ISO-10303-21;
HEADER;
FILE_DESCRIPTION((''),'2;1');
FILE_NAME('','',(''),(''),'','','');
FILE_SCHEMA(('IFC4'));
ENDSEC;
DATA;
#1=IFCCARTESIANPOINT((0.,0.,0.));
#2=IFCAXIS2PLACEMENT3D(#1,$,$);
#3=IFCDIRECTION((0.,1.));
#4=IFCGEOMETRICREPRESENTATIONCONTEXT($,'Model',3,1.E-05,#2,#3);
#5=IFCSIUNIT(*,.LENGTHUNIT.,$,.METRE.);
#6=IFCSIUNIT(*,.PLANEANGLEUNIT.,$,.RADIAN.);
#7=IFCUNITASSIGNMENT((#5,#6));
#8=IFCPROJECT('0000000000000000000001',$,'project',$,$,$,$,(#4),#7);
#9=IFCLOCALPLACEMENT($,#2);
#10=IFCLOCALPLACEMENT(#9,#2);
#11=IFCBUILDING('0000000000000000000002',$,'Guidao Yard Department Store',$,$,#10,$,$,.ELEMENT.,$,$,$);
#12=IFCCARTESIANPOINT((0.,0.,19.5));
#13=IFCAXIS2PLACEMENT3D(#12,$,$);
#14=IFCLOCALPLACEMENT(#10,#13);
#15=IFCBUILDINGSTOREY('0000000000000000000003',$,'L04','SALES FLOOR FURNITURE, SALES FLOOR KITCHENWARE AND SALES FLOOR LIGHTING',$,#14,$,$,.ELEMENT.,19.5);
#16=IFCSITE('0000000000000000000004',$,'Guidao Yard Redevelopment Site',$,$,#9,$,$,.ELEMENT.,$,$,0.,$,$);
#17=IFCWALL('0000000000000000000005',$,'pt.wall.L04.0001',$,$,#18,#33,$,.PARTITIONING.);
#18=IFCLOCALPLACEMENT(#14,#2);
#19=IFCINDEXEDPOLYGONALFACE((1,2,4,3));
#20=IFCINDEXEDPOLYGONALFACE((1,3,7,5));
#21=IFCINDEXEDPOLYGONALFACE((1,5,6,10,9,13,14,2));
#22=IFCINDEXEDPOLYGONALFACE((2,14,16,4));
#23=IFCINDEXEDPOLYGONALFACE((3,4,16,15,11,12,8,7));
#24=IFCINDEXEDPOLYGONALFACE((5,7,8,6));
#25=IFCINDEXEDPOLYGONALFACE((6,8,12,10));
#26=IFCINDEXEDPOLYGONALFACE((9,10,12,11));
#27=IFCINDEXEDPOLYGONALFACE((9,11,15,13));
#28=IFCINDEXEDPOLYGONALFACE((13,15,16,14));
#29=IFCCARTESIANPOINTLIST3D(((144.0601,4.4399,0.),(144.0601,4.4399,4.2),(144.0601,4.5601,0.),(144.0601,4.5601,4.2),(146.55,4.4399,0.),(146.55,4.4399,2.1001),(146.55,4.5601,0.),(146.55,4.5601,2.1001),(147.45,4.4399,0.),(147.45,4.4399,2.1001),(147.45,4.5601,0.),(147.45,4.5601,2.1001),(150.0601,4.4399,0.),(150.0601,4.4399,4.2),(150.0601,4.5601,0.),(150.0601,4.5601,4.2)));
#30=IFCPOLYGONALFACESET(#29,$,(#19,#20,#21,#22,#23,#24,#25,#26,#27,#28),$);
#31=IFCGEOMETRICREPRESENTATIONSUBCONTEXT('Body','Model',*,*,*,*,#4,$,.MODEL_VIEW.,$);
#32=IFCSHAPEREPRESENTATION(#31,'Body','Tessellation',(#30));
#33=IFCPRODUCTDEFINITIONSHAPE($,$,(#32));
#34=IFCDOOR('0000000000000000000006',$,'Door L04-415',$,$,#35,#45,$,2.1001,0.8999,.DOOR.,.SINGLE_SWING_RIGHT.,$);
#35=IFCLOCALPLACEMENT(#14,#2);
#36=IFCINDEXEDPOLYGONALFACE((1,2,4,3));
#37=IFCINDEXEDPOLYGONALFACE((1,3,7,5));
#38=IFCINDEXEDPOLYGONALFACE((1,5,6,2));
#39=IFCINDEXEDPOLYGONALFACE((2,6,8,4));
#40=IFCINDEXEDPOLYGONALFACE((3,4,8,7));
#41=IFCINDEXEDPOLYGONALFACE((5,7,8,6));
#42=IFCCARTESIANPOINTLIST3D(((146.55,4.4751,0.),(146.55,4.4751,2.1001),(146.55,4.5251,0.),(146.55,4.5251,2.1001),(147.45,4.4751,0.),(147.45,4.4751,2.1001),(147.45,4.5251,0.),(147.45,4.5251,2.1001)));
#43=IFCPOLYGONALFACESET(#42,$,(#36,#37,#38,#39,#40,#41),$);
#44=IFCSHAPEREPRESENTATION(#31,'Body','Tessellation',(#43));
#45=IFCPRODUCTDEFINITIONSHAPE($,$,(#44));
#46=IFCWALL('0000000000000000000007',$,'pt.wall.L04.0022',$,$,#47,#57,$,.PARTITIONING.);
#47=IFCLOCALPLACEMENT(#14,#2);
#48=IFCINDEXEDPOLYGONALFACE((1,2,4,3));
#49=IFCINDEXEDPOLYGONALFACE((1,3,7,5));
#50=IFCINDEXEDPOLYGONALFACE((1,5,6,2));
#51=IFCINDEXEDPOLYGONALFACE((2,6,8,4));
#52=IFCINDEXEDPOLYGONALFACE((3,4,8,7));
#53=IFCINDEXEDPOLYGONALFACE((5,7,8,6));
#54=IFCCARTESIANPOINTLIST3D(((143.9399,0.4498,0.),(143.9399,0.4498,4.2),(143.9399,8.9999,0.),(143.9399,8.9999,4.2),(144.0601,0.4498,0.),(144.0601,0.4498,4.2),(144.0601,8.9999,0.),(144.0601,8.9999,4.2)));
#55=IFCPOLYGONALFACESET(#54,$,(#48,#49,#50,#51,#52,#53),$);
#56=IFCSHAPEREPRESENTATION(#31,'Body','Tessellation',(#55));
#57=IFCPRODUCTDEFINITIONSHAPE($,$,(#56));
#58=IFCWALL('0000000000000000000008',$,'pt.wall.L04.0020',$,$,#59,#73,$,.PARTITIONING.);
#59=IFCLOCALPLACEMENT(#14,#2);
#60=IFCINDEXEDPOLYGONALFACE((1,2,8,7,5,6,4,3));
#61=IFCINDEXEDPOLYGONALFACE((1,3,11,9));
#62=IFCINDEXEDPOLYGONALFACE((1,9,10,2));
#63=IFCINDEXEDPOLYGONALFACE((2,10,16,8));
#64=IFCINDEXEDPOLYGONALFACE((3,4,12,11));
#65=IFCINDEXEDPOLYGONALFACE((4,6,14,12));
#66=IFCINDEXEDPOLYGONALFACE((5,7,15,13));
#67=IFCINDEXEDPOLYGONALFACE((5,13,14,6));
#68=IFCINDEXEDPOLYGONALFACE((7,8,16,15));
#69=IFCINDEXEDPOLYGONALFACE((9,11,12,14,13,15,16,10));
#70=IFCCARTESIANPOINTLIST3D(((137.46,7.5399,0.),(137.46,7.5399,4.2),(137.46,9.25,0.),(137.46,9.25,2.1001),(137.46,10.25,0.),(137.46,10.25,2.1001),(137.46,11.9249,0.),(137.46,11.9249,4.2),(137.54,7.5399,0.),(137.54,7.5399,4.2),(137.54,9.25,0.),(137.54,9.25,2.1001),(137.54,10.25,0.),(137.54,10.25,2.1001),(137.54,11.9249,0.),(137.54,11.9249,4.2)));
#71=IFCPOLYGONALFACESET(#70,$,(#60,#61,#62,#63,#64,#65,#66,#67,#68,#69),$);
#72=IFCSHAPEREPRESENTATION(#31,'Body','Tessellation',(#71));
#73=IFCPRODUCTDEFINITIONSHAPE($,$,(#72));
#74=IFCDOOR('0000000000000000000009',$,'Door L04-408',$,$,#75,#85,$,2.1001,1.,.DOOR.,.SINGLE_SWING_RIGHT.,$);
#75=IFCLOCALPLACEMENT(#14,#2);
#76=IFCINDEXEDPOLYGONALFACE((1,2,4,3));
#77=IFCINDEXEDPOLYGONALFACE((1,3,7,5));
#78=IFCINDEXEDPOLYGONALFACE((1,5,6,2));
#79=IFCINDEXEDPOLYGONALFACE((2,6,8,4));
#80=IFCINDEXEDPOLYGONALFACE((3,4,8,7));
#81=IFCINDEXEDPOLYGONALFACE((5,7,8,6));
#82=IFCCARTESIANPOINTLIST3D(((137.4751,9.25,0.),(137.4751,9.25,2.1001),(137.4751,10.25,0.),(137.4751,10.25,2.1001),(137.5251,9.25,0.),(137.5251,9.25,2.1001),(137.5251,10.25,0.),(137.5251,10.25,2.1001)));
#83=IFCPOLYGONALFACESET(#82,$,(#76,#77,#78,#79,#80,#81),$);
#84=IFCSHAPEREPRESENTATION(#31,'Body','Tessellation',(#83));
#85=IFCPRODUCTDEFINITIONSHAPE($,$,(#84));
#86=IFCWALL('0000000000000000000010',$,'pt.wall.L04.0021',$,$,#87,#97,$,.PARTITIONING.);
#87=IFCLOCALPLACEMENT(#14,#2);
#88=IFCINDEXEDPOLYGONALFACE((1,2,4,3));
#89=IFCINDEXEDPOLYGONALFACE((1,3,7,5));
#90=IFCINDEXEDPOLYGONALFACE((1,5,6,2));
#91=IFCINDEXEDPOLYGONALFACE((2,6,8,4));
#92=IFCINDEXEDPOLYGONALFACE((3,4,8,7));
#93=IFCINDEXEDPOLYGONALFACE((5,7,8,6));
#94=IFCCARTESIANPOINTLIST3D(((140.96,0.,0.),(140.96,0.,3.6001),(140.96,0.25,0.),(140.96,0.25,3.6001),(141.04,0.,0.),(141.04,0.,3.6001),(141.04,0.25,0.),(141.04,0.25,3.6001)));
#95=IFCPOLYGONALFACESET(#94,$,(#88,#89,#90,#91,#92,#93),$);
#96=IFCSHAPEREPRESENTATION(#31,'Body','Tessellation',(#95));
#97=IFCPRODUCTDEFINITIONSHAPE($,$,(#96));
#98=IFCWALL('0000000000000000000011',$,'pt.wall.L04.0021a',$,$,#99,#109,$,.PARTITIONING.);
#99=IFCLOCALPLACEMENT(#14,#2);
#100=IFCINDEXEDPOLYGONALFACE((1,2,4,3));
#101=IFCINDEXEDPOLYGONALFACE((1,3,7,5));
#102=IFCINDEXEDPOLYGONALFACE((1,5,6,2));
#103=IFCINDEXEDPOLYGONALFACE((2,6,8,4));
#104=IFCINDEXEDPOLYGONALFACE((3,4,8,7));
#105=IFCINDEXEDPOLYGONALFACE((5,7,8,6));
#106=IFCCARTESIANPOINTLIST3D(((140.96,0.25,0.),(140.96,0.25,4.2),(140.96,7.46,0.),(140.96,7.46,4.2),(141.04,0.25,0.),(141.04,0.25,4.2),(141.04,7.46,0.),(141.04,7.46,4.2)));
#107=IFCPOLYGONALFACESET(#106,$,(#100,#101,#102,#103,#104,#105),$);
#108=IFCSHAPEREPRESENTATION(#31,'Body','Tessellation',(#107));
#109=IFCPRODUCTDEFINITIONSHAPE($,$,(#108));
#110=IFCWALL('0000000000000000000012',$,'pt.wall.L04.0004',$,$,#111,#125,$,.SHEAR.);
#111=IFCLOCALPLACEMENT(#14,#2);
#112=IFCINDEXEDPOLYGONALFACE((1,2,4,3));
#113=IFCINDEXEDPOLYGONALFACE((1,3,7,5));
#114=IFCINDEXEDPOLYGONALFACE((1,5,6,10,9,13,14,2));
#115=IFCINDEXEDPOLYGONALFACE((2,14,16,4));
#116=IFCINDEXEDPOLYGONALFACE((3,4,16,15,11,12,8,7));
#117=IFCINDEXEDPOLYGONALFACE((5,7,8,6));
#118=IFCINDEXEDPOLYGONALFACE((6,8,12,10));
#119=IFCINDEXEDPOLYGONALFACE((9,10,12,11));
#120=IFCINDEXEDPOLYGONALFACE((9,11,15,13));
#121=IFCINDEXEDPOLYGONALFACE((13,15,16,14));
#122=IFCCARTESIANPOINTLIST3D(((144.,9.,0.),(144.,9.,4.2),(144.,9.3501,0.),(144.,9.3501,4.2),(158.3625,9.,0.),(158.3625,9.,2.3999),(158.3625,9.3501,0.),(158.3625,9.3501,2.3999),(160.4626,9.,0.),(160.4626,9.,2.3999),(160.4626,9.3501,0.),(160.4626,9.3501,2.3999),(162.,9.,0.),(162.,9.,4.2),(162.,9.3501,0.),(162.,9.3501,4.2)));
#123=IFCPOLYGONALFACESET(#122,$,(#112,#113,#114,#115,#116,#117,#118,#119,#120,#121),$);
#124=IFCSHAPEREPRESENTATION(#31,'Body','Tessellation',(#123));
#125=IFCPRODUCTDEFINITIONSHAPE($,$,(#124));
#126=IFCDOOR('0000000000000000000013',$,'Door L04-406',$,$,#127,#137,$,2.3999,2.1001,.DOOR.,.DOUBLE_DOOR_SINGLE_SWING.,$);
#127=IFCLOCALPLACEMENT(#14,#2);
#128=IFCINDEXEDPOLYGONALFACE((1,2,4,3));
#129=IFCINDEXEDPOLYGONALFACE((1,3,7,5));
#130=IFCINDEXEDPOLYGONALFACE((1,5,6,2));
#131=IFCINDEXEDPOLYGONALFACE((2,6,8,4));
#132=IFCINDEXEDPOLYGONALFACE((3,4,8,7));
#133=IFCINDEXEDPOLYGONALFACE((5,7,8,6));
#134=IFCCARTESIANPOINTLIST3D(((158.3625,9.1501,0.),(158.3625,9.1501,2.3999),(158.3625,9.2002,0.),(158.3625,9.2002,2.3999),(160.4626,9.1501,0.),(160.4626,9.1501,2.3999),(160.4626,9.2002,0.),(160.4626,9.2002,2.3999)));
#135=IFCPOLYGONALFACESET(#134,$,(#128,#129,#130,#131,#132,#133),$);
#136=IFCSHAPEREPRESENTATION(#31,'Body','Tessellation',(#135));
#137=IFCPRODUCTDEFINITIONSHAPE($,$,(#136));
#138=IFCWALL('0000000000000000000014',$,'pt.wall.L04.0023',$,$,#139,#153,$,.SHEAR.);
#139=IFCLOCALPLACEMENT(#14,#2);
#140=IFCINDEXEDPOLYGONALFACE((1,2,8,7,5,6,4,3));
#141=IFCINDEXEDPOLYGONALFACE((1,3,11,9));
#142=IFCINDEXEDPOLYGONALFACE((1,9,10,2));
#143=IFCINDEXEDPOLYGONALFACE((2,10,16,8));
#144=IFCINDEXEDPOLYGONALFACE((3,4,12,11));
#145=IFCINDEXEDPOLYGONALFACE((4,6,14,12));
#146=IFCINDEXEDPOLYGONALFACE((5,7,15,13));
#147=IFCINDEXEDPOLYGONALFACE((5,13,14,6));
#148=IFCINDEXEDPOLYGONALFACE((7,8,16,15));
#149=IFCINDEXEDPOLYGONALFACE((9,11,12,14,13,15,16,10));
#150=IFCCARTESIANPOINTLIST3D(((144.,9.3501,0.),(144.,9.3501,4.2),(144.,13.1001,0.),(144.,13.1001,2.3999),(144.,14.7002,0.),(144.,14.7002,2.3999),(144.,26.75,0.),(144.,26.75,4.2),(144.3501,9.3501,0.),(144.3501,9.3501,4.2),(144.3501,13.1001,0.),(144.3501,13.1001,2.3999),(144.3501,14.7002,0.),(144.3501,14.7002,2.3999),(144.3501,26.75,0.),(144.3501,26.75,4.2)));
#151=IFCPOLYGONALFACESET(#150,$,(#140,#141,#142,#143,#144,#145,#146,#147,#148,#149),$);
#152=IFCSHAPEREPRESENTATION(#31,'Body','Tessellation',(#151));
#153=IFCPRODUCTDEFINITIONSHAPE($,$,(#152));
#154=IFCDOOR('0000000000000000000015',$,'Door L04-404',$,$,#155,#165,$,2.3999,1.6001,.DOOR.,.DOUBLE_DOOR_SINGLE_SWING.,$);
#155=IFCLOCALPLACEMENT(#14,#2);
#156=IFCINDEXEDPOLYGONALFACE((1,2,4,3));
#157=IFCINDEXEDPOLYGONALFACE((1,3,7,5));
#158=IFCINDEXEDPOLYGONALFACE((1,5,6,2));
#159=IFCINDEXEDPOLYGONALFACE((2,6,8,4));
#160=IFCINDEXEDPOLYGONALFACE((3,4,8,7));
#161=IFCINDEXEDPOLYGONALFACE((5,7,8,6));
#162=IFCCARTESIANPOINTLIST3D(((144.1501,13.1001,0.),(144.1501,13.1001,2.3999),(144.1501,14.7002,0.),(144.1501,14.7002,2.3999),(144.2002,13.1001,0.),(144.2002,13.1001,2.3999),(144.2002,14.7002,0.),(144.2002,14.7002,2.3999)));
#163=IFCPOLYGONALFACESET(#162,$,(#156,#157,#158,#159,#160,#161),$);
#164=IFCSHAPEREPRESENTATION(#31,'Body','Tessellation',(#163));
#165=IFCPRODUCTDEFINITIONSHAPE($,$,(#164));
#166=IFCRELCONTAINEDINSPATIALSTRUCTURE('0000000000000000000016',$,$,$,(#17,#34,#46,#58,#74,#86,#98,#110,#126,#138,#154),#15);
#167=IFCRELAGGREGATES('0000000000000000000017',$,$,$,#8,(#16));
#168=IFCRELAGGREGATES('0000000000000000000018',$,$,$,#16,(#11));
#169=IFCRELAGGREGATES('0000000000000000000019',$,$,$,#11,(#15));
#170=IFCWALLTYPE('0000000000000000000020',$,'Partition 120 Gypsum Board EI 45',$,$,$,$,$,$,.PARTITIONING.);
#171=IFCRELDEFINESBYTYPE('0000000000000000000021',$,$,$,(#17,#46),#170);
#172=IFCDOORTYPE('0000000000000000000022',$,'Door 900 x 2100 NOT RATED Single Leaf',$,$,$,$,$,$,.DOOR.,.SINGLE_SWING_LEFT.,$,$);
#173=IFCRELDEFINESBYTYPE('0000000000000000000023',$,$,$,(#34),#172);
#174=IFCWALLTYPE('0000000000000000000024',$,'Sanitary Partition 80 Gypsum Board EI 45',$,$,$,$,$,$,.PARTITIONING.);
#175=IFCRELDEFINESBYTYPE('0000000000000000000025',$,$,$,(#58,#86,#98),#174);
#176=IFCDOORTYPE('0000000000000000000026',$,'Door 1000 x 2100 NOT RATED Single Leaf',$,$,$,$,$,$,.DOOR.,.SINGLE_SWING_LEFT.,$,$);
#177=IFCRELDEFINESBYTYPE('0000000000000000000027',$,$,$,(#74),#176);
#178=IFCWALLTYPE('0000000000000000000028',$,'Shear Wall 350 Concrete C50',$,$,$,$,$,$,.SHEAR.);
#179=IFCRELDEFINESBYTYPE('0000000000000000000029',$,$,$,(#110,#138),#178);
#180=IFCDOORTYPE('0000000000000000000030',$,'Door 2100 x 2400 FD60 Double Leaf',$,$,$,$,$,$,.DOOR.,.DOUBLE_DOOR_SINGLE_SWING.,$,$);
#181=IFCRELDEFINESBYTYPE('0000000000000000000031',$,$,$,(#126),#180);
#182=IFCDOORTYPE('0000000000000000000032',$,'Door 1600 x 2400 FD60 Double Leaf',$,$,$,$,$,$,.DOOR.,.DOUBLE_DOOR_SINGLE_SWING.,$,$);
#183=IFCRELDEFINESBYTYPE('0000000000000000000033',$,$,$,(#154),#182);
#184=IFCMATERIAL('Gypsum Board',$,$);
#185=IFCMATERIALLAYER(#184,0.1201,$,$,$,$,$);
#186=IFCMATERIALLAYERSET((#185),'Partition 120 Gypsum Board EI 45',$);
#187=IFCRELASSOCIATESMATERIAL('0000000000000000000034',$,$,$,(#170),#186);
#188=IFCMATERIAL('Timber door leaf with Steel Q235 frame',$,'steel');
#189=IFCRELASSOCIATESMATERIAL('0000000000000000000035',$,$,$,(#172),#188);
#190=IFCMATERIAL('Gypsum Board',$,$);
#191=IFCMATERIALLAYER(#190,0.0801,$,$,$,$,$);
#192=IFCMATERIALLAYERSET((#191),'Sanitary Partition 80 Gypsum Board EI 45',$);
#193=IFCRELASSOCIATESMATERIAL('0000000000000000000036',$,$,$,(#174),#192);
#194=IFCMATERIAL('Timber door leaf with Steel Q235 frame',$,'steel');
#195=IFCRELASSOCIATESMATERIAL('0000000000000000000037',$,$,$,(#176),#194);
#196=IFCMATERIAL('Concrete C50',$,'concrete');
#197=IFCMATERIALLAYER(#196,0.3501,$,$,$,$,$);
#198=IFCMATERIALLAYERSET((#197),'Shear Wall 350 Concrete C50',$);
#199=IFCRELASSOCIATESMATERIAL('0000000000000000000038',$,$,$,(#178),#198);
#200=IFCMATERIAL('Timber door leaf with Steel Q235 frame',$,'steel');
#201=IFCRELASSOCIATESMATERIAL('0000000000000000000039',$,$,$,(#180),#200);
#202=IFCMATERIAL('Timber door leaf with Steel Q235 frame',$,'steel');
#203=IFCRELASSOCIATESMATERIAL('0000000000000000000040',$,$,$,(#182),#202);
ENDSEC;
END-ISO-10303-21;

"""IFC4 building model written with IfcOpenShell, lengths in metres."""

from ifc_helpers import new_model, si_unit, direction, frame, frame_2d, origin, place, context, subcontext, project, spatial, rectangle, extrude, material, layer, layer_set, type_object, element, fill, save


model = new_model("IFC4")

# Units and contexts
model_context = context("Model", 3, precision=1e-05, world=origin(), true_north=direction((0.0, 1.0)))
body_context = subcontext(model_context, "Body", "Model", "MODEL_VIEW")
ifc_project = project(units=[si_unit("LENGTHUNIT", "METRE"), si_unit("PLANEANGLEUNIT", "RADIAN")], contexts=[model_context])

# Site, building, storey
site_placement = place(None, origin())
site = spatial("IfcSite", under=ifc_project, at=site_placement, Name="Guidao Yard Redevelopment Site", CompositionType="ELEMENT", RefElevation=0.0)
building_placement = place(site_placement, origin())
building = spatial("IfcBuilding", under=site, at=building_placement, Name="Guidao Yard Department Store", CompositionType="ELEMENT")
storey_placement = place(building_placement, frame((0.0, 0.0, 19.5)))
storey = spatial("IfcBuildingStorey", under=building, at=storey_placement, Name="L04", Description="SALES FLOOR FURNITURE, SALES FLOOR KITCHENWARE AND SALES FLOOR LIGHTING", CompositionType="ELEMENT", Elevation=19.5)

# Wall, opening, door
ifc_material_1 = material(Name="Gypsum Board")
ifc_layer_1 = layer(ifc_material_1, 0.1201)
ifc_layer_set_1 = layer_set([ifc_layer_1], Name="Partition 120 Gypsum Board EI 45")
wall_type_1 = type_object("IfcWallType", Name="Partition 120 Gypsum Board EI 45", PredefinedType="PARTITIONING", material=ifc_layer_set_1)
wall_1_placement = place(storey_placement, frame((144.0601, 4.5, 0.0), z_axis=(0.0, 0.0, 1.0), x_axis=(1.0, 0.0, 0.0)))
wall_1 = element("IfcWall", 1, at=wall_1_placement, inside=storey, type_object=wall_type_1, Name="pt.wall.L04.0001", PredefinedType="PARTITIONING", context=body_context, shape_type="SweptSolid", body=[
    extrude(rectangle(XDim=6.0, YDim=0.1201, at=frame_2d((3.0, 0.0))), origin(), (0.0, 0.0, 1.0), 4.2),
])
opening_1_placement = place(wall_1_placement, frame((3.3899, 0.0, 0.0), z_axis=(0.0, 0.0, 1.0), x_axis=(-1.0, 0.0, 0.0)))
opening_1 = element("IfcOpeningElement", 2, at=opening_1_placement, cuts=wall_1, PredefinedType="OPENING", context=body_context, shape_type="SweptSolid", body=[
    extrude(rectangle(XDim=0.8999, YDim=2.1001, at=frame_2d((0.45, 1.05))), frame((0.0, 0.0701, 0.0), z_axis=(0.0, -1.0, 0.0), x_axis=(1.0, 0.0, 0.0)), (0.0, 0.0, 1.0), 0.1401),
])
ifc_material_2 = material(Name="Timber door leaf with Steel Q235 frame", Category="steel")
door_type_1 = type_object("IfcDoorType", Name="Door 900 x 2100 NOT RATED Single Leaf", OperationType="SINGLE_SWING_LEFT", PredefinedType="DOOR", material=ifc_material_2)
door_1_placement = place(opening_1_placement, origin())
door_1 = element("IfcDoor", 3, at=door_1_placement, inside=storey, type_object=door_type_1, Name="Door L04-415", OperationType="SINGLE_SWING_RIGHT", OverallHeight=2.1001, OverallWidth=0.8999, PredefinedType="DOOR", context=body_context, shape_type="SweptSolid", body=[
    extrude(rectangle(XDim=0.8999, YDim=2.1001, at=frame_2d((0.45, 1.05))), frame((0.0, 0.0249, 0.0), z_axis=(0.0, -1.0, 0.0), x_axis=(1.0, 0.0, 0.0)), (0.0, 0.0, 1.0), 0.05),
])
fill(opening_1, door_1)

# Wall
wall_2_placement = place(storey_placement, frame((144.0, 0.45, 0.0), z_axis=(0.0, 0.0, 1.0), x_axis=(0.0, 1.0, 0.0)))
element("IfcWall", 4, at=wall_2_placement, inside=storey, type_object=wall_type_1, Name="pt.wall.L04.0022", PredefinedType="PARTITIONING", context=body_context, shape_type="SweptSolid", body=[
    extrude(rectangle(XDim=8.55, YDim=0.1201, at=frame_2d((4.2749, 0.0))), origin(), (0.0, 0.0, 1.0), 4.2),
])

# Wall, opening, door
ifc_material_3 = material(Name="Gypsum Board")
ifc_layer_2 = layer(ifc_material_3, 0.0801)
ifc_layer_set_2 = layer_set([ifc_layer_2], Name="Sanitary Partition 80 Gypsum Board EI 45")
wall_type_2 = type_object("IfcWallType", Name="Sanitary Partition 80 Gypsum Board EI 45", PredefinedType="PARTITIONING", material=ifc_layer_set_2)
wall_3_placement = place(storey_placement, frame((137.5, 7.54, 0.0), z_axis=(0.0, 0.0, 1.0), x_axis=(0.0, 1.0, 0.0)))
wall_3 = element("IfcWall", 5, at=wall_3_placement, inside=storey, type_object=wall_type_2, Name="pt.wall.L04.0020", PredefinedType="PARTITIONING", context=body_context, shape_type="SweptSolid", body=[
    extrude(rectangle(XDim=4.385, YDim=0.0801, at=frame_2d((2.1924, 0.0))), origin(), (0.0, 0.0, 1.0), 4.2),
])
opening_2_placement = place(wall_3_placement, frame((1.71, 0.0, 0.0)))
opening_2 = element("IfcOpeningElement", 6, at=opening_2_placement, cuts=wall_3, PredefinedType="OPENING", context=body_context, shape_type="SweptSolid", body=[
    extrude(rectangle(XDim=1.0, YDim=2.1001, at=frame_2d((0.5, 1.05))), frame((0.0, 0.05, 0.0), z_axis=(0.0, -1.0, 0.0), x_axis=(1.0, 0.0, 0.0)), (0.0, 0.0, 1.0), 0.1001),
])
ifc_material_4 = material(Name="Timber door leaf with Steel Q235 frame", Category="steel")
door_type_2 = type_object("IfcDoorType", Name="Door 1000 x 2100 NOT RATED Single Leaf", OperationType="SINGLE_SWING_LEFT", PredefinedType="DOOR", material=ifc_material_4)
door_2_placement = place(opening_2_placement, origin())
door_2 = element("IfcDoor", 7, at=door_2_placement, inside=storey, type_object=door_type_2, Name="Door L04-408", OperationType="SINGLE_SWING_RIGHT", OverallHeight=2.1001, OverallWidth=1.0, PredefinedType="DOOR", context=body_context, shape_type="SweptSolid", body=[
    extrude(rectangle(XDim=1.0, YDim=2.1001, at=frame_2d((0.5, 1.05))), frame((0.0, 0.0249, 0.0), z_axis=(0.0, -1.0, 0.0), x_axis=(1.0, 0.0, 0.0)), (0.0, 0.0, 1.0), 0.05),
])
fill(opening_2, door_2)

# Walls
wall_4_placement = place(storey_placement, frame((141.0, 0.0, 0.0), z_axis=(0.0, 0.0, 1.0), x_axis=(0.0, 1.0, 0.0)))
element("IfcWall", 8, at=wall_4_placement, inside=storey, type_object=wall_type_2, Name="pt.wall.L04.0021", PredefinedType="PARTITIONING", context=body_context, shape_type="SweptSolid", body=[
    extrude(rectangle(XDim=0.25, YDim=0.0801, at=frame_2d((0.125, 0.0))), origin(), (0.0, 0.0, 1.0), 3.6001),
])
wall_5_placement = place(storey_placement, frame((141.0, 0.25, 0.0), z_axis=(0.0, 0.0, 1.0), x_axis=(0.0, 1.0, 0.0)))
element("IfcWall", 9, at=wall_5_placement, inside=storey, type_object=wall_type_2, Name="pt.wall.L04.0021a", PredefinedType="PARTITIONING", context=body_context, shape_type="SweptSolid", body=[
    extrude(rectangle(XDim=7.21, YDim=0.0801, at=frame_2d((3.605, 0.0))), origin(), (0.0, 0.0, 1.0), 4.2),
])

# Walls, openings, doors
ifc_material_5 = material(Name="Concrete C50", Category="concrete")
ifc_layer_3 = layer(ifc_material_5, 0.3501)
ifc_layer_set_3 = layer_set([ifc_layer_3], Name="Shear Wall 350 Concrete C50")
wall_type_3 = type_object("IfcWallType", Name="Shear Wall 350 Concrete C50", PredefinedType="SHEAR", material=ifc_layer_set_3)
wall_6_placement = place(storey_placement, frame((144.0, 9.175, 0.0), z_axis=(0.0, 0.0, 1.0), x_axis=(1.0, 0.0, 0.0)))
wall_6 = element("IfcWall", 10, at=wall_6_placement, inside=storey, type_object=wall_type_3, Name="pt.wall.L04.0004", PredefinedType="SHEAR", context=body_context, shape_type="SweptSolid", body=[
    extrude(rectangle(XDim=18.0, YDim=0.3501, at=frame_2d((9.0, 0.0))), origin(), (0.0, 0.0, 1.0), 4.2),
])
opening_3_placement = place(wall_6_placement, frame((16.4626, 0.0, 0.0), z_axis=(0.0, 0.0, 1.0), x_axis=(-1.0, 0.0, 0.0)))
opening_3 = element("IfcOpeningElement", 11, at=opening_3_placement, cuts=wall_6, PredefinedType="OPENING", context=body_context, shape_type="SweptSolid", body=[
    extrude(rectangle(XDim=2.1001, YDim=2.3999, at=frame_2d((1.05, 1.2))), frame((0.0, 0.1851, 0.0), z_axis=(0.0, -1.0, 0.0), x_axis=(1.0, 0.0, 0.0)), (0.0, 0.0, 1.0), 0.3701),
])
ifc_material_6 = material(Name="Timber door leaf with Steel Q235 frame", Category="steel")
door_type_3 = type_object("IfcDoorType", Name="Door 2100 x 2400 FD60 Double Leaf", OperationType="DOUBLE_DOOR_SINGLE_SWING", PredefinedType="DOOR", material=ifc_material_6)
door_3_placement = place(opening_3_placement, origin())
door_3 = element("IfcDoor", 12, at=door_3_placement, inside=storey, type_object=door_type_3, Name="Door L04-406", OperationType="DOUBLE_DOOR_SINGLE_SWING", OverallHeight=2.3999, OverallWidth=2.1001, PredefinedType="DOOR", context=body_context, shape_type="SweptSolid", body=[
    extrude(rectangle(XDim=2.1001, YDim=2.3999, at=frame_2d((1.05, 1.2))), frame((0.0, 0.0249, 0.0), z_axis=(0.0, -1.0, 0.0), x_axis=(1.0, 0.0, 0.0)), (0.0, 0.0, 1.0), 0.05),
])
fill(opening_3, door_3)
wall_7_placement = place(storey_placement, frame((144.175, 9.3501, 0.0), z_axis=(0.0, 0.0, 1.0), x_axis=(0.0, 1.0, 0.0)))
wall_7 = element("IfcWall", 13, at=wall_7_placement, inside=storey, type_object=wall_type_3, Name="pt.wall.L04.0023", PredefinedType="SHEAR", context=body_context, shape_type="SweptSolid", body=[
    extrude(rectangle(XDim=17.3999, YDim=0.3501, at=frame_2d((8.7, 0.0))), origin(), (0.0, 0.0, 1.0), 4.2),
])
opening_4_placement = place(wall_7_placement, frame((3.75, 0.0, 0.0)))
opening_4 = element("IfcOpeningElement", 14, at=opening_4_placement, cuts=wall_7, PredefinedType="OPENING", context=body_context, shape_type="SweptSolid", body=[
    extrude(rectangle(XDim=1.6001, YDim=2.3999, at=frame_2d((0.8, 1.2))), frame((0.0, 0.1851, 0.0), z_axis=(0.0, -1.0, 0.0), x_axis=(1.0, 0.0, 0.0)), (0.0, 0.0, 1.0), 0.3701),
])
ifc_material_7 = material(Name="Timber door leaf with Steel Q235 frame", Category="steel")
door_type_4 = type_object("IfcDoorType", Name="Door 1600 x 2400 FD60 Double Leaf", OperationType="DOUBLE_DOOR_SINGLE_SWING", PredefinedType="DOOR", material=ifc_material_7)
door_4_placement = place(opening_4_placement, origin())
door_4 = element("IfcDoor", 15, at=door_4_placement, inside=storey, type_object=door_type_4, Name="Door L04-404", OperationType="DOUBLE_DOOR_SINGLE_SWING", OverallHeight=2.3999, OverallWidth=1.6001, PredefinedType="DOOR", context=body_context, shape_type="SweptSolid", body=[
    extrude(rectangle(XDim=1.6001, YDim=2.3999, at=frame_2d((0.8, 1.2))), frame((0.0, 0.0249, 0.0), z_axis=(0.0, -1.0, 0.0), x_axis=(1.0, 0.0, 0.0)), (0.0, 0.0, 1.0), 0.05),
])
fill(opening_4, door_4)

save(model, "model.ifc")
